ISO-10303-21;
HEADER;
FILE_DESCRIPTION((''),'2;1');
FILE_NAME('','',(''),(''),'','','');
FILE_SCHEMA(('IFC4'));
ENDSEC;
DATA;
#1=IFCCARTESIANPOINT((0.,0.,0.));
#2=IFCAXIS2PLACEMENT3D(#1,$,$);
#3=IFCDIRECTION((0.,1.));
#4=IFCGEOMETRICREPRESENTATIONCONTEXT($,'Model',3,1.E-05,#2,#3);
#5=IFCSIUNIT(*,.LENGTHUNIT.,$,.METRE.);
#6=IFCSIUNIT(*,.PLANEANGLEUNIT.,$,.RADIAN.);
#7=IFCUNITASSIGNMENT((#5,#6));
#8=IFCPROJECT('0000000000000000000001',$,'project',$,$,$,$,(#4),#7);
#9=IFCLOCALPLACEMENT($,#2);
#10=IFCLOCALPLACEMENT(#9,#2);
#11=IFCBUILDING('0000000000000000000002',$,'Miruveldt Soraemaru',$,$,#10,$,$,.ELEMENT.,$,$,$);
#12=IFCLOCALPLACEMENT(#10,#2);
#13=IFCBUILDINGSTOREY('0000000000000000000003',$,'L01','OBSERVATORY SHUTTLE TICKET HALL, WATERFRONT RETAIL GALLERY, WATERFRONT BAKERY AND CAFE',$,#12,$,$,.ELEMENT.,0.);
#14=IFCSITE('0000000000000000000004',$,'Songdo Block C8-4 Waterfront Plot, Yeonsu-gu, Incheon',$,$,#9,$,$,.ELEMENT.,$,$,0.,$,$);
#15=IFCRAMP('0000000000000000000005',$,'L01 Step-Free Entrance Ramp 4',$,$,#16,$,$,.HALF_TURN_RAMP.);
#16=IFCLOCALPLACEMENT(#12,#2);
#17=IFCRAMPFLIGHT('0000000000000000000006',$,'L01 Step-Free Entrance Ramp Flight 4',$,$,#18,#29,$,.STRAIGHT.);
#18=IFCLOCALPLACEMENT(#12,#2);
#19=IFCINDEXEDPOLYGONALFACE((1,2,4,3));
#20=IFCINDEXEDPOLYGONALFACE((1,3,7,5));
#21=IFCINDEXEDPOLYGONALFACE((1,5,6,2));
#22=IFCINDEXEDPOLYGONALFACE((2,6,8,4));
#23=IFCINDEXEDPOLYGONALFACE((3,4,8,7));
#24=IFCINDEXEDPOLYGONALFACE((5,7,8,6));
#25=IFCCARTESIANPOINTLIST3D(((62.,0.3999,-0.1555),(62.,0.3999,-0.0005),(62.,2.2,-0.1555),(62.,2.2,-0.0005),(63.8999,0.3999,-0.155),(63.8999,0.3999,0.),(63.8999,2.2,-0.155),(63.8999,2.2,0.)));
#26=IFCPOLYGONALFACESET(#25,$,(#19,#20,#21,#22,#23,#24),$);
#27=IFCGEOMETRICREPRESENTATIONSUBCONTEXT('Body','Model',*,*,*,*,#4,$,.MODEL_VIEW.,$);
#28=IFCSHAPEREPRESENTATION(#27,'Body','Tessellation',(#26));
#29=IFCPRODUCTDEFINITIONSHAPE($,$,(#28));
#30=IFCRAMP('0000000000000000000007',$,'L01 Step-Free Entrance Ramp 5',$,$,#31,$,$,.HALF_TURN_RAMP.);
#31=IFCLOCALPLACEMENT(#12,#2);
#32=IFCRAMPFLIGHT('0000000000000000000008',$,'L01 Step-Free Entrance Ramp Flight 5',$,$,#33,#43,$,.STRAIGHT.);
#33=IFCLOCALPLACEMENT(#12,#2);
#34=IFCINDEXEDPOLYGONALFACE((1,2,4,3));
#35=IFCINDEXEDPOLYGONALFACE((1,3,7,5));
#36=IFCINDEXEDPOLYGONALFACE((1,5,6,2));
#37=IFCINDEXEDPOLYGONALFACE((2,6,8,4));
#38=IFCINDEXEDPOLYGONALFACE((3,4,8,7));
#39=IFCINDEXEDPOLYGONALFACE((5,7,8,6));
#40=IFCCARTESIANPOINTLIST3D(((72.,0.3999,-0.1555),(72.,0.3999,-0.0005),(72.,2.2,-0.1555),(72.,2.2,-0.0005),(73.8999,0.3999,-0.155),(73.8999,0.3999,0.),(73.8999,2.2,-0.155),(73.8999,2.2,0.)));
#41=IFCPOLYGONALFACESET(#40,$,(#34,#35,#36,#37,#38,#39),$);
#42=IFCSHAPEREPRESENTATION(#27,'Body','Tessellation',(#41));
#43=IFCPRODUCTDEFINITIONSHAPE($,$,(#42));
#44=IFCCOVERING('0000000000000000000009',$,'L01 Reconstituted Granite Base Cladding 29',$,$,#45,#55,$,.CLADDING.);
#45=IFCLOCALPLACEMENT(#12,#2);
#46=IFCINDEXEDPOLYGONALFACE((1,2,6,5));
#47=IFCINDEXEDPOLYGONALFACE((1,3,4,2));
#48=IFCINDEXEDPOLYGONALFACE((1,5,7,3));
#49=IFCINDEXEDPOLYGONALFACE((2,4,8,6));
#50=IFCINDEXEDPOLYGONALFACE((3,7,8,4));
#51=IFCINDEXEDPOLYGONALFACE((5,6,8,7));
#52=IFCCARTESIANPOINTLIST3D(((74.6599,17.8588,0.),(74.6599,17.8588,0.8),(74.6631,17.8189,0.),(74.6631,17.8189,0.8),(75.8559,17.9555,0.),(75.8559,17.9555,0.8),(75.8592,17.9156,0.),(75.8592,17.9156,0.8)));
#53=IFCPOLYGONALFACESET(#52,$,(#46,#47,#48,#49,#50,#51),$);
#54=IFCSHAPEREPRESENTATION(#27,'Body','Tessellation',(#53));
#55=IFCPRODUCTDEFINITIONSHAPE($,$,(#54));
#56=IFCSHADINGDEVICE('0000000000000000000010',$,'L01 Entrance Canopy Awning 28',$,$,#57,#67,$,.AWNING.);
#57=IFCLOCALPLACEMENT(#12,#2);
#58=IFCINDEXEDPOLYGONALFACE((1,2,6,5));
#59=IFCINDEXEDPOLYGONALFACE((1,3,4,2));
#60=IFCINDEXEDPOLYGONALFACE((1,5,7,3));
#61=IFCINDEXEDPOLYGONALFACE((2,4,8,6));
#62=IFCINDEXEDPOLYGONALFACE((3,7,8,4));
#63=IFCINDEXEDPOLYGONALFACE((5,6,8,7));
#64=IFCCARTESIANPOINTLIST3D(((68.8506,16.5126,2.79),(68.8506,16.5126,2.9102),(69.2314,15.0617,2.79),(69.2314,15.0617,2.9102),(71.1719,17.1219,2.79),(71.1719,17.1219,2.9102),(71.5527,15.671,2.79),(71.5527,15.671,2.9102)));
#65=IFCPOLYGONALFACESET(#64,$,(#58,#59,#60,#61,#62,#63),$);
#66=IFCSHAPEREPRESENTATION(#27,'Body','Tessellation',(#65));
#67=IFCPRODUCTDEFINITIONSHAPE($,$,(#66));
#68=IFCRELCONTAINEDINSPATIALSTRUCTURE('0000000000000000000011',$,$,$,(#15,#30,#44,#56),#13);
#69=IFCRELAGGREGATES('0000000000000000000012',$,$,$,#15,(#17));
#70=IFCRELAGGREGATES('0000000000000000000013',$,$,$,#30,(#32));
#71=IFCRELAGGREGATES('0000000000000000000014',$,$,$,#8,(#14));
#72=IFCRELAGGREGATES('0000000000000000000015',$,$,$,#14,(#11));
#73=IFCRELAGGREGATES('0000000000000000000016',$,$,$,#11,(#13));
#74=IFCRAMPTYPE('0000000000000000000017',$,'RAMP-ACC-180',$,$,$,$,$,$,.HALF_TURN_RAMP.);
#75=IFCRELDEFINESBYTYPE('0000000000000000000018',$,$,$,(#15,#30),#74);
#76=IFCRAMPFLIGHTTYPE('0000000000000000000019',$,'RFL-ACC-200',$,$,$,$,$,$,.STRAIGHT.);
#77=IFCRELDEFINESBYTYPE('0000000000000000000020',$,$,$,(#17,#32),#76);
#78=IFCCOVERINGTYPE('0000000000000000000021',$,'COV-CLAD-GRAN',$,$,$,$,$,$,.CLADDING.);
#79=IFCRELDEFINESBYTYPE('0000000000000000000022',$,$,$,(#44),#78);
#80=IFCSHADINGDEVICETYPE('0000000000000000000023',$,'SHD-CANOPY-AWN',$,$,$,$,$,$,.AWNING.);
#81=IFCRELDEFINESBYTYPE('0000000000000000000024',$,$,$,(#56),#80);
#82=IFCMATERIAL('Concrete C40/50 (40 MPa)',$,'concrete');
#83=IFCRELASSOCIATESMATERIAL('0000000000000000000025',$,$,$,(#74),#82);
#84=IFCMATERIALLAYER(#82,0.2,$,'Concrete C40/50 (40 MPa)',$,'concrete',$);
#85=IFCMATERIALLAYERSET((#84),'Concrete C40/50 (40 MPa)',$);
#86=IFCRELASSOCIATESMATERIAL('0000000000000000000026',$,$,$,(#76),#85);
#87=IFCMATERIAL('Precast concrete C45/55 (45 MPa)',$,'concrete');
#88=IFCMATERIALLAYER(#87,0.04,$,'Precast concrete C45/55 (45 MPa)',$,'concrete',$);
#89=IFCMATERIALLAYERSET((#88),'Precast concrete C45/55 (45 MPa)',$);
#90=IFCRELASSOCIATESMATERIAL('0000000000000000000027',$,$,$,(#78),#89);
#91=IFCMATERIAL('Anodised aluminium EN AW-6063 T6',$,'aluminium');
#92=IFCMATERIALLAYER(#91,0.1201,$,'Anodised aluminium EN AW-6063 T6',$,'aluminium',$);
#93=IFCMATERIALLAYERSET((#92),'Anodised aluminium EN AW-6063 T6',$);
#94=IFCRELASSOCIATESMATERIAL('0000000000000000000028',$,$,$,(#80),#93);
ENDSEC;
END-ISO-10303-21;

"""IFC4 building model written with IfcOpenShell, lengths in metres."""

from ifc_helpers import new_model, si_unit, direction, frame, origin, origin_2d, place, context, subcontext, project, spatial, polyline, rectangle, outline, extrude, material, layer, layer_set, type_object, element, aggregate, save


model = new_model("IFC4")

# Units and contexts
model_context = context("Model", 3, precision=1e-05, world=origin(), true_north=direction((0.0, 1.0)))
body_context = subcontext(model_context, "Body", "Model", "MODEL_VIEW")
ifc_project = project(units=[si_unit("LENGTHUNIT", "METRE"), si_unit("PLANEANGLEUNIT", "RADIAN")], contexts=[model_context])

# Site, building, storey
site_placement = place(None, origin())
site = spatial("IfcSite", under=ifc_project, at=site_placement, Name="Songdo Block C8-4 Waterfront Plot, Yeonsu-gu, Incheon", CompositionType="ELEMENT", RefElevation=0.0)
building_placement = place(site_placement, origin())
building = spatial("IfcBuilding", under=site, at=building_placement, Name="Miruveldt Soraemaru", CompositionType="ELEMENT")
storey_placement = place(building_placement, origin())
storey = spatial("IfcBuildingStorey", under=building, at=storey_placement, Name="L01", Description="OBSERVATORY SHUTTLE TICKET HALL, WATERFRONT RETAIL GALLERY, WATERFRONT BAKERY AND CAFE", CompositionType="ELEMENT", Elevation=0.0)

# Shared definitions
ifc_material_1 = material(Name="Anodised aluminium EN AW-6063 T6", Category="aluminium")

# Shared definitions
ifc_material_2 = material(Name="Precast concrete C45/55 (45 MPa)", Category="concrete")

# Ramps, ramp flights
ifc_material_3 = material(Name="Concrete C40/50 (40 MPa)", Category="concrete")
ramp_type = type_object("IfcRampType", Name="RAMP-ACC-180", PredefinedType="HALF_TURN_RAMP", material=ifc_material_3)
ramp_1_placement = place(storey_placement, origin())
ramp_1 = element("IfcRamp", 1, at=ramp_1_placement, inside=storey, type_object=ramp_type, Name="L01 Step-Free Entrance Ramp 4", PredefinedType="HALF_TURN_RAMP")
ifc_layer_1 = layer(ifc_material_3, 0.2, Name="Concrete C40/50 (40 MPa)", Category="concrete")
ifc_layer_set_1 = layer_set([ifc_layer_1], Name="Concrete C40/50 (40 MPa)")
ramp_flight_type = type_object("IfcRampFlightType", Name="RFL-ACC-200", PredefinedType="STRAIGHT", material=ifc_layer_set_1)
ramp_flight_1_placement = place(storey_placement, frame((62.0, 1.3, -0.0005), z_axis=(0.0, 0.0, 1.0), x_axis=(1.0, 0.0, 0.0)))
ramp_flight_1 = element("IfcRampFlight", 2, at=ramp_flight_1_placement, type_object=ramp_flight_type, Name="L01 Step-Free Entrance Ramp Flight 4", PredefinedType="STRAIGHT", context=body_context, shape_type="SweptSolid", body=[
    extrude(outline(polyline([(0.0, 0.0), (0.0, -0.155), (1.8999, -0.1545), (1.8999, 0.0005), (0.0, 0.0)])), frame((0.0, 0.8999, 0.0), z_axis=(0.0, -1.0, 0.0), x_axis=(1.0, 0.0, 0.0)), (0.0, 0.0, 1.0), 1.8),
])
aggregate(ramp_1, [ramp_flight_1])
ramp_2_placement = place(storey_placement, origin())
ramp_2 = element("IfcRamp", 3, at=ramp_2_placement, inside=storey, type_object=ramp_type, Name="L01 Step-Free Entrance Ramp 5", PredefinedType="HALF_TURN_RAMP")
ramp_flight_2_placement = place(storey_placement, frame((72.0, 1.3, -0.0005), z_axis=(0.0, 0.0, 1.0), x_axis=(1.0, 0.0, 0.0)))
ramp_flight_2 = element("IfcRampFlight", 4, at=ramp_flight_2_placement, type_object=ramp_flight_type, Name="L01 Step-Free Entrance Ramp Flight 5", PredefinedType="STRAIGHT", context=body_context, shape_type="SweptSolid", body=[
    extrude(outline(polyline([(0.0, 0.0), (0.0, -0.155), (1.8999, -0.1545), (1.8999, 0.0005), (0.0, 0.0)])), frame((0.0, 0.8999, 0.0), z_axis=(0.0, -1.0, 0.0), x_axis=(1.0, 0.0, 0.0)), (0.0, 0.0, 1.0), 1.8),
])
aggregate(ramp_2, [ramp_flight_2])

# Covering
ifc_layer_2 = layer(ifc_material_2, 0.04, Name="Precast concrete C45/55 (45 MPa)", Category="concrete")
ifc_layer_set_2 = layer_set([ifc_layer_2], Name="Precast concrete C45/55 (45 MPa)")
covering_type = type_object("IfcCoveringType", Name="COV-CLAD-GRAN", PredefinedType="CLADDING", material=ifc_layer_set_2)
covering_placement = place(storey_placement, frame((75.2595, 17.8872, 0.0), z_axis=(0.0, 0.0, 1.0), x_axis=(0.996749, 0.080564, 0.0)))
element("IfcCovering", 5, at=covering_placement, inside=storey, type_object=covering_type, Name="L01 Reconstituted Granite Base Cladding 29", PredefinedType="CLADDING", context=body_context, shape_type="SweptSolid", body=[
    extrude(rectangle(XDim=1.2, YDim=0.04, at=origin_2d()), origin(), (0.0, 0.0, 1.0), 0.8),
])

# Shading device
ifc_layer_3 = layer(ifc_material_1, 0.1201, Name="Anodised aluminium EN AW-6063 T6", Category="aluminium")
ifc_layer_set_3 = layer_set([ifc_layer_3], Name="Anodised aluminium EN AW-6063 T6")
shading_device_type = type_object("IfcShadingDeviceType", Name="SHD-CANOPY-AWN", PredefinedType="AWNING", material=ifc_layer_set_3)
shading_device_placement = place(storey_placement, frame((70.2017, 16.0918, 2.79), z_axis=(0.0, 0.0, 1.0), x_axis=(0.967232, 0.253893, 0.0)))
element("IfcShadingDevice", 6, at=shading_device_placement, inside=storey, type_object=shading_device_type, Name="L01 Entrance Canopy Awning 28", PredefinedType="AWNING", context=body_context, shape_type="SweptSolid", body=[
    extrude(rectangle(XDim=2.3999, YDim=1.5, at=origin_2d()), origin(), (0.0, 0.0, 1.0), 0.1201),
])

save(model, "model.ifc")
